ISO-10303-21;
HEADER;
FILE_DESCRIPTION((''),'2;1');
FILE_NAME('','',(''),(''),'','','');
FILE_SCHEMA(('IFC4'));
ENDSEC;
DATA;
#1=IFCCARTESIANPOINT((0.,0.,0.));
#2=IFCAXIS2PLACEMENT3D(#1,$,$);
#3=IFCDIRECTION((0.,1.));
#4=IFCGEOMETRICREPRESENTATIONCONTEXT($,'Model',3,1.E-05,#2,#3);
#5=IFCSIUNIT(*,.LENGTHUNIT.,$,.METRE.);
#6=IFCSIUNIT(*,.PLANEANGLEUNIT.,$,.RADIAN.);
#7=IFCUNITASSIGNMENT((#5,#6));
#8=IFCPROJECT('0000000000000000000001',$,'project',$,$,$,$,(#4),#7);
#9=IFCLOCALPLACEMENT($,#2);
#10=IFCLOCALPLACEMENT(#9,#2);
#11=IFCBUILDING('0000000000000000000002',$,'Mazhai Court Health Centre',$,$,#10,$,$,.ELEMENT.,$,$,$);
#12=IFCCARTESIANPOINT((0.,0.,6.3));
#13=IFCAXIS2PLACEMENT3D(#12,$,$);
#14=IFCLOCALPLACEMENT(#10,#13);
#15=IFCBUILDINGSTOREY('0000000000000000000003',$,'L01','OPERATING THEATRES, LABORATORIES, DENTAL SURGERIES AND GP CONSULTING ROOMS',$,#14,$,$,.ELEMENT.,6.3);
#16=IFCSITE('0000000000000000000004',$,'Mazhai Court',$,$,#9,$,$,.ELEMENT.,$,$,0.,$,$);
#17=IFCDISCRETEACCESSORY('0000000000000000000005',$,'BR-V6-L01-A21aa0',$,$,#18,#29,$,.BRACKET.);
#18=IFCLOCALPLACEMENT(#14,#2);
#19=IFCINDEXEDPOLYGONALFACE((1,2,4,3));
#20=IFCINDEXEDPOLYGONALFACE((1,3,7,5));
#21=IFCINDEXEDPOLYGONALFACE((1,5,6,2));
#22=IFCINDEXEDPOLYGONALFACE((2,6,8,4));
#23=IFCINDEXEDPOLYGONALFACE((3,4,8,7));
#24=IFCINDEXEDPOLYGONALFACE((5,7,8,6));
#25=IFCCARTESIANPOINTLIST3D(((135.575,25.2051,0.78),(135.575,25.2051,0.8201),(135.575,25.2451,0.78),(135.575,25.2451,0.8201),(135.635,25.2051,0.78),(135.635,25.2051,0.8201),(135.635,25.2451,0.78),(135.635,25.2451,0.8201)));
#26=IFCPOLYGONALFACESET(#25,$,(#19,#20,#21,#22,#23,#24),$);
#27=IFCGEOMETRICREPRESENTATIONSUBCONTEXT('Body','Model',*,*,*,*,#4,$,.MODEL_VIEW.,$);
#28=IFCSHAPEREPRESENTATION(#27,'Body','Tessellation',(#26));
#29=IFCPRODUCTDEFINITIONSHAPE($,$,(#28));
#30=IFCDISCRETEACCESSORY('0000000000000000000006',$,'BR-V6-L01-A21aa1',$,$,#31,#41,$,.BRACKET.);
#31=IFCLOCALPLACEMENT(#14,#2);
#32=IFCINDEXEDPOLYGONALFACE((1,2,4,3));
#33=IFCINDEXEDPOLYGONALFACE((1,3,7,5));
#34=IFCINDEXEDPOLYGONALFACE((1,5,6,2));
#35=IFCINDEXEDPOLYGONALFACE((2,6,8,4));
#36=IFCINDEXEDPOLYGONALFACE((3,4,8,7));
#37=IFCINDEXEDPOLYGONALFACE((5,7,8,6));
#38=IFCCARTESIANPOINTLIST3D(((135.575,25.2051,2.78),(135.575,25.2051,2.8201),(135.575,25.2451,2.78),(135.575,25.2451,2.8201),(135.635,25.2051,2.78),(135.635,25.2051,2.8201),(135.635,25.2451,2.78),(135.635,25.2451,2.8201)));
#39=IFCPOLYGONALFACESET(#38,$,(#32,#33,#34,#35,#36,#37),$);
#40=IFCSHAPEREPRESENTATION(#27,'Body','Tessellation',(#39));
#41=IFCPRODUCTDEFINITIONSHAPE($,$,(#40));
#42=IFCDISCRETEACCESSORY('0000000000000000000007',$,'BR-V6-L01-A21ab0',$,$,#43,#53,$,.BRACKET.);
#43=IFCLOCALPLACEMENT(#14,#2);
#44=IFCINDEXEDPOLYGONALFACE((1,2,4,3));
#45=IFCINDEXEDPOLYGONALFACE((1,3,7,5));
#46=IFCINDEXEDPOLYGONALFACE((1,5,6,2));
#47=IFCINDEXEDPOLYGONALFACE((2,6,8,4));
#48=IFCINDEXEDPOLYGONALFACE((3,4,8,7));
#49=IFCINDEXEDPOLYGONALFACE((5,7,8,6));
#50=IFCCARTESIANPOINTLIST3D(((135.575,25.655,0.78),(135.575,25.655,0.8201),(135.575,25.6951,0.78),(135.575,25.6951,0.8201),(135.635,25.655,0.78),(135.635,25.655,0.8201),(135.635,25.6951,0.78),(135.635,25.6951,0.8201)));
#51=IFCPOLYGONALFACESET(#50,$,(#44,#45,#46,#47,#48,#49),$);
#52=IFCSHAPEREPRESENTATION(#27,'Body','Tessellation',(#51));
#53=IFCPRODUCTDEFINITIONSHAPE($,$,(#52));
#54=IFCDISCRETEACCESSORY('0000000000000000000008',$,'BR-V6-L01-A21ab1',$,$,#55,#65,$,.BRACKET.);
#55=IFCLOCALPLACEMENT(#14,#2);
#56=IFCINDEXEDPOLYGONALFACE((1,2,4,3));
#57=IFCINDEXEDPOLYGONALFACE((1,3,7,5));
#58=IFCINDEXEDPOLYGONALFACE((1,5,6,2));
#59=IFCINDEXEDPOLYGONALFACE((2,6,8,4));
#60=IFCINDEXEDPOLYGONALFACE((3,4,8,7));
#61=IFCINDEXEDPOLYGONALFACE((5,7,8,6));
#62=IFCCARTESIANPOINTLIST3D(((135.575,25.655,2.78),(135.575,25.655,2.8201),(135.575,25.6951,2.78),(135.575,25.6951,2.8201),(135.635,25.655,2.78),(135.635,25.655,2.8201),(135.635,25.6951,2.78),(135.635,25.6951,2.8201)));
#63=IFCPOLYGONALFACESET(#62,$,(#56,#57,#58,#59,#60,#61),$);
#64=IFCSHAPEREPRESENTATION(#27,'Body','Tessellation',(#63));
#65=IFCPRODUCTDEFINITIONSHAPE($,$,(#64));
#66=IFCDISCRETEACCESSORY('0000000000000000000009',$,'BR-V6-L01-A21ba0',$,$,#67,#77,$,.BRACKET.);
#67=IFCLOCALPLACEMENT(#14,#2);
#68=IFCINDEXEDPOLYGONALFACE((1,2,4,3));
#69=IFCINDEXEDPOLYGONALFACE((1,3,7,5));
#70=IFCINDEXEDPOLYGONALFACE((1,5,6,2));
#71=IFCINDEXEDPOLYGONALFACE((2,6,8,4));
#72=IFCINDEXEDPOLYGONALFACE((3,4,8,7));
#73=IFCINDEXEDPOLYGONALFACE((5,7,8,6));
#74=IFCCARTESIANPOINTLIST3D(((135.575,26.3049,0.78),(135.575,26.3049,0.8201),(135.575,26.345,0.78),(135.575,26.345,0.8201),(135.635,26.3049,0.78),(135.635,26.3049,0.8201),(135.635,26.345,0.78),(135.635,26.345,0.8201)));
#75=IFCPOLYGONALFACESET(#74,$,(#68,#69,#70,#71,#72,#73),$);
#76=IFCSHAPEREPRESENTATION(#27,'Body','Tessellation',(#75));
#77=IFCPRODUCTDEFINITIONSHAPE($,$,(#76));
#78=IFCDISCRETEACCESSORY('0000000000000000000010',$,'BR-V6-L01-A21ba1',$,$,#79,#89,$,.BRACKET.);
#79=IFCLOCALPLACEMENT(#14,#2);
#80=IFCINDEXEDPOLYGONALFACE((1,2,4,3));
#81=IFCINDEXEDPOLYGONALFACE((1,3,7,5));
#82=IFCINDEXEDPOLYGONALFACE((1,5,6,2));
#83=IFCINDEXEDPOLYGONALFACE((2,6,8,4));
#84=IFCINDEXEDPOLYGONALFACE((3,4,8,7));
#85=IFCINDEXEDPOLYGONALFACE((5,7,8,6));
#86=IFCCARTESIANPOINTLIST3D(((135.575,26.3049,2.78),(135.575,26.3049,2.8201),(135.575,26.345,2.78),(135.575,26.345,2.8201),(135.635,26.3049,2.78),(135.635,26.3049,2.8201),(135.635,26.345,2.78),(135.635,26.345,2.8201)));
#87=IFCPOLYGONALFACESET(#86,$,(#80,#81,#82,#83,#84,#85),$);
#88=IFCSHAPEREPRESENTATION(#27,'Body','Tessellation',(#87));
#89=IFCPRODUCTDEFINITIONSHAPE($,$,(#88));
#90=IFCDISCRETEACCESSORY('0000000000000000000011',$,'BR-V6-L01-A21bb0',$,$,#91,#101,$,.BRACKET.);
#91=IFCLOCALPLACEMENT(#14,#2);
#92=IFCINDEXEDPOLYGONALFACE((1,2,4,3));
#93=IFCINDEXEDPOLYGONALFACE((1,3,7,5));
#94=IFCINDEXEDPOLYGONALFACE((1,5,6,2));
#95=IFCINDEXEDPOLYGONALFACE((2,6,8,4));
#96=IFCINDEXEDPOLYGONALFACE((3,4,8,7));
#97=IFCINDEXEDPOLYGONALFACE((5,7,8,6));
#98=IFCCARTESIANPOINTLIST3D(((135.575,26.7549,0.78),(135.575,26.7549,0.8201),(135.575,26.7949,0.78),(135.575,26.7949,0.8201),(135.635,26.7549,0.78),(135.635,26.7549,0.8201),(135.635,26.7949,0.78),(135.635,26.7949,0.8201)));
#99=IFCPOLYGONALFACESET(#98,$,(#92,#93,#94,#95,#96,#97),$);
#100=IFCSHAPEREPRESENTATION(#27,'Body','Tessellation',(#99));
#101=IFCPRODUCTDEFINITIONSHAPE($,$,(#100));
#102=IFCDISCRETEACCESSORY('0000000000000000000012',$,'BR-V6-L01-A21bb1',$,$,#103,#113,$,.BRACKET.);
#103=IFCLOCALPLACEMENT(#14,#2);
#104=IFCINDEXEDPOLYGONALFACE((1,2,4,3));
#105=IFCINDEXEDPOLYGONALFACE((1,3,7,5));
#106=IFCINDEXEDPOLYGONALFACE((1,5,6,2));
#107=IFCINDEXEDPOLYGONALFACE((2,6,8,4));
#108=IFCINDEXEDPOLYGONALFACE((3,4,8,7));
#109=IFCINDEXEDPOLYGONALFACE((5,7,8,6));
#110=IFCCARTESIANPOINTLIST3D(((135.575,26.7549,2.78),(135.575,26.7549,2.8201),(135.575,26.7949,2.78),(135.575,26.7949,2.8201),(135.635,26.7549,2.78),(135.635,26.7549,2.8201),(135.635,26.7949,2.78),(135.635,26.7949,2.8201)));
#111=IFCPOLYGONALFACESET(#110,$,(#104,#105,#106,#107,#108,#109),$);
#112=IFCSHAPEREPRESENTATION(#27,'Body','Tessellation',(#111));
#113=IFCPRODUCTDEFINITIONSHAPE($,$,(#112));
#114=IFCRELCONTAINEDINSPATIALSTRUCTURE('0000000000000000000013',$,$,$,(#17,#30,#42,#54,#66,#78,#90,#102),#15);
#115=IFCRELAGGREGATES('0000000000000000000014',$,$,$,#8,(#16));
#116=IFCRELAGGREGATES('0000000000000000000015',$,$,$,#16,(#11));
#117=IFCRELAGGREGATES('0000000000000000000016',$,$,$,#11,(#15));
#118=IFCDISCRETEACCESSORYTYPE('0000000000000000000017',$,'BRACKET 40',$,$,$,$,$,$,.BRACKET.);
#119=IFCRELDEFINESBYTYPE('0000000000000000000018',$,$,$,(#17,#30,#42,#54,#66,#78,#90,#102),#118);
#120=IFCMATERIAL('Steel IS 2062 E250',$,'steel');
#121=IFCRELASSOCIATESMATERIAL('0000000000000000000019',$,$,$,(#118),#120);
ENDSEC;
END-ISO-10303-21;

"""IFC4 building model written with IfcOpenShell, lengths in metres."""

from ifc_helpers import new_model, si_unit, direction, frame, origin, origin_2d, place, context, subcontext, project, spatial, rectangle, extrude, material, type_object, element, save


model = new_model("IFC4")

# Units and contexts
model_context = context("Model", 3, precision=1e-05, world=origin(), true_north=direction((0.0, 1.0)))
body_context = subcontext(model_context, "Body", "Model", "MODEL_VIEW")
ifc_project = project(units=[si_unit("LENGTHUNIT", "METRE"), si_unit("PLANEANGLEUNIT", "RADIAN")], contexts=[model_context])

# Site, building, storey
site_placement = place(None, origin())
site = spatial("IfcSite", under=ifc_project, at=site_placement, Name="Mazhai Court", CompositionType="ELEMENT", RefElevation=0.0)
building_placement = place(site_placement, origin())
building = spatial("IfcBuilding", under=site, at=building_placement, Name="Mazhai Court Health Centre", CompositionType="ELEMENT")
storey_placement = place(building_placement, frame((0.0, 0.0, 6.3)))
storey = spatial("IfcBuildingStorey", under=building, at=storey_placement, Name="L01", Description="OPERATING THEATRES, LABORATORIES, DENTAL SURGERIES AND GP CONSULTING ROOMS", CompositionType="ELEMENT", Elevation=6.3)

# Discrete accessories
ifc_material_1 = material(Name="Steel IS 2062 E250", Category="steel")
discrete_accessory_type = type_object("IfcDiscreteAccessoryType", Name="BRACKET 40", PredefinedType="BRACKET", material=ifc_material_1)
for number, where, z_axis, x_axis, name in (
    (1, (135.605, 25.2251, 0.78), (0.0, 0.0, 1.0), (0.0, 1.0, 0.0), "BR-V6-L01-A21aa0"),
    (2, (135.605, 25.2251, 2.78), (0.0, 0.0, 1.0), (0.0, 1.0, 0.0), "BR-V6-L01-A21aa1"),
    (3, (135.605, 25.675, 0.78), (0.0, 0.0, 1.0), (0.0, 1.0, 0.0), "BR-V6-L01-A21ab0"),
    (4, (135.605, 25.675, 2.78), (0.0, 0.0, 1.0), (0.0, 1.0, 0.0), "BR-V6-L01-A21ab1"),
    (5, (135.605, 26.325, 0.78), (0.0, 0.0, 1.0), (0.0, 1.0, 0.0), "BR-V6-L01-A21ba0"),
    (6, (135.605, 26.325, 2.78), (0.0, 0.0, 1.0), (0.0, 1.0, 0.0), "BR-V6-L01-A21ba1"),
    (7, (135.605, 26.7749, 0.78), (0.0, 0.0, 1.0), (0.0, 1.0, 0.0), "BR-V6-L01-A21bb0"),
    (8, (135.605, 26.7749, 2.78), (0.0, 0.0, 1.0), (0.0, 1.0, 0.0), "BR-V6-L01-A21bb1"),
):
    element("IfcDiscreteAccessory", number, at=place(storey_placement, frame(where, z_axis=z_axis, x_axis=x_axis)), inside=storey, type_object=discrete_accessory_type, Name=name, PredefinedType="BRACKET", context=body_context, shape_type="SweptSolid", body=[
        extrude(rectangle(XDim=0.04, YDim=0.0601, at=origin_2d()), origin(), (0.0, 0.0, 1.0), 0.04),
    ])

save(model, "model.ifc")
